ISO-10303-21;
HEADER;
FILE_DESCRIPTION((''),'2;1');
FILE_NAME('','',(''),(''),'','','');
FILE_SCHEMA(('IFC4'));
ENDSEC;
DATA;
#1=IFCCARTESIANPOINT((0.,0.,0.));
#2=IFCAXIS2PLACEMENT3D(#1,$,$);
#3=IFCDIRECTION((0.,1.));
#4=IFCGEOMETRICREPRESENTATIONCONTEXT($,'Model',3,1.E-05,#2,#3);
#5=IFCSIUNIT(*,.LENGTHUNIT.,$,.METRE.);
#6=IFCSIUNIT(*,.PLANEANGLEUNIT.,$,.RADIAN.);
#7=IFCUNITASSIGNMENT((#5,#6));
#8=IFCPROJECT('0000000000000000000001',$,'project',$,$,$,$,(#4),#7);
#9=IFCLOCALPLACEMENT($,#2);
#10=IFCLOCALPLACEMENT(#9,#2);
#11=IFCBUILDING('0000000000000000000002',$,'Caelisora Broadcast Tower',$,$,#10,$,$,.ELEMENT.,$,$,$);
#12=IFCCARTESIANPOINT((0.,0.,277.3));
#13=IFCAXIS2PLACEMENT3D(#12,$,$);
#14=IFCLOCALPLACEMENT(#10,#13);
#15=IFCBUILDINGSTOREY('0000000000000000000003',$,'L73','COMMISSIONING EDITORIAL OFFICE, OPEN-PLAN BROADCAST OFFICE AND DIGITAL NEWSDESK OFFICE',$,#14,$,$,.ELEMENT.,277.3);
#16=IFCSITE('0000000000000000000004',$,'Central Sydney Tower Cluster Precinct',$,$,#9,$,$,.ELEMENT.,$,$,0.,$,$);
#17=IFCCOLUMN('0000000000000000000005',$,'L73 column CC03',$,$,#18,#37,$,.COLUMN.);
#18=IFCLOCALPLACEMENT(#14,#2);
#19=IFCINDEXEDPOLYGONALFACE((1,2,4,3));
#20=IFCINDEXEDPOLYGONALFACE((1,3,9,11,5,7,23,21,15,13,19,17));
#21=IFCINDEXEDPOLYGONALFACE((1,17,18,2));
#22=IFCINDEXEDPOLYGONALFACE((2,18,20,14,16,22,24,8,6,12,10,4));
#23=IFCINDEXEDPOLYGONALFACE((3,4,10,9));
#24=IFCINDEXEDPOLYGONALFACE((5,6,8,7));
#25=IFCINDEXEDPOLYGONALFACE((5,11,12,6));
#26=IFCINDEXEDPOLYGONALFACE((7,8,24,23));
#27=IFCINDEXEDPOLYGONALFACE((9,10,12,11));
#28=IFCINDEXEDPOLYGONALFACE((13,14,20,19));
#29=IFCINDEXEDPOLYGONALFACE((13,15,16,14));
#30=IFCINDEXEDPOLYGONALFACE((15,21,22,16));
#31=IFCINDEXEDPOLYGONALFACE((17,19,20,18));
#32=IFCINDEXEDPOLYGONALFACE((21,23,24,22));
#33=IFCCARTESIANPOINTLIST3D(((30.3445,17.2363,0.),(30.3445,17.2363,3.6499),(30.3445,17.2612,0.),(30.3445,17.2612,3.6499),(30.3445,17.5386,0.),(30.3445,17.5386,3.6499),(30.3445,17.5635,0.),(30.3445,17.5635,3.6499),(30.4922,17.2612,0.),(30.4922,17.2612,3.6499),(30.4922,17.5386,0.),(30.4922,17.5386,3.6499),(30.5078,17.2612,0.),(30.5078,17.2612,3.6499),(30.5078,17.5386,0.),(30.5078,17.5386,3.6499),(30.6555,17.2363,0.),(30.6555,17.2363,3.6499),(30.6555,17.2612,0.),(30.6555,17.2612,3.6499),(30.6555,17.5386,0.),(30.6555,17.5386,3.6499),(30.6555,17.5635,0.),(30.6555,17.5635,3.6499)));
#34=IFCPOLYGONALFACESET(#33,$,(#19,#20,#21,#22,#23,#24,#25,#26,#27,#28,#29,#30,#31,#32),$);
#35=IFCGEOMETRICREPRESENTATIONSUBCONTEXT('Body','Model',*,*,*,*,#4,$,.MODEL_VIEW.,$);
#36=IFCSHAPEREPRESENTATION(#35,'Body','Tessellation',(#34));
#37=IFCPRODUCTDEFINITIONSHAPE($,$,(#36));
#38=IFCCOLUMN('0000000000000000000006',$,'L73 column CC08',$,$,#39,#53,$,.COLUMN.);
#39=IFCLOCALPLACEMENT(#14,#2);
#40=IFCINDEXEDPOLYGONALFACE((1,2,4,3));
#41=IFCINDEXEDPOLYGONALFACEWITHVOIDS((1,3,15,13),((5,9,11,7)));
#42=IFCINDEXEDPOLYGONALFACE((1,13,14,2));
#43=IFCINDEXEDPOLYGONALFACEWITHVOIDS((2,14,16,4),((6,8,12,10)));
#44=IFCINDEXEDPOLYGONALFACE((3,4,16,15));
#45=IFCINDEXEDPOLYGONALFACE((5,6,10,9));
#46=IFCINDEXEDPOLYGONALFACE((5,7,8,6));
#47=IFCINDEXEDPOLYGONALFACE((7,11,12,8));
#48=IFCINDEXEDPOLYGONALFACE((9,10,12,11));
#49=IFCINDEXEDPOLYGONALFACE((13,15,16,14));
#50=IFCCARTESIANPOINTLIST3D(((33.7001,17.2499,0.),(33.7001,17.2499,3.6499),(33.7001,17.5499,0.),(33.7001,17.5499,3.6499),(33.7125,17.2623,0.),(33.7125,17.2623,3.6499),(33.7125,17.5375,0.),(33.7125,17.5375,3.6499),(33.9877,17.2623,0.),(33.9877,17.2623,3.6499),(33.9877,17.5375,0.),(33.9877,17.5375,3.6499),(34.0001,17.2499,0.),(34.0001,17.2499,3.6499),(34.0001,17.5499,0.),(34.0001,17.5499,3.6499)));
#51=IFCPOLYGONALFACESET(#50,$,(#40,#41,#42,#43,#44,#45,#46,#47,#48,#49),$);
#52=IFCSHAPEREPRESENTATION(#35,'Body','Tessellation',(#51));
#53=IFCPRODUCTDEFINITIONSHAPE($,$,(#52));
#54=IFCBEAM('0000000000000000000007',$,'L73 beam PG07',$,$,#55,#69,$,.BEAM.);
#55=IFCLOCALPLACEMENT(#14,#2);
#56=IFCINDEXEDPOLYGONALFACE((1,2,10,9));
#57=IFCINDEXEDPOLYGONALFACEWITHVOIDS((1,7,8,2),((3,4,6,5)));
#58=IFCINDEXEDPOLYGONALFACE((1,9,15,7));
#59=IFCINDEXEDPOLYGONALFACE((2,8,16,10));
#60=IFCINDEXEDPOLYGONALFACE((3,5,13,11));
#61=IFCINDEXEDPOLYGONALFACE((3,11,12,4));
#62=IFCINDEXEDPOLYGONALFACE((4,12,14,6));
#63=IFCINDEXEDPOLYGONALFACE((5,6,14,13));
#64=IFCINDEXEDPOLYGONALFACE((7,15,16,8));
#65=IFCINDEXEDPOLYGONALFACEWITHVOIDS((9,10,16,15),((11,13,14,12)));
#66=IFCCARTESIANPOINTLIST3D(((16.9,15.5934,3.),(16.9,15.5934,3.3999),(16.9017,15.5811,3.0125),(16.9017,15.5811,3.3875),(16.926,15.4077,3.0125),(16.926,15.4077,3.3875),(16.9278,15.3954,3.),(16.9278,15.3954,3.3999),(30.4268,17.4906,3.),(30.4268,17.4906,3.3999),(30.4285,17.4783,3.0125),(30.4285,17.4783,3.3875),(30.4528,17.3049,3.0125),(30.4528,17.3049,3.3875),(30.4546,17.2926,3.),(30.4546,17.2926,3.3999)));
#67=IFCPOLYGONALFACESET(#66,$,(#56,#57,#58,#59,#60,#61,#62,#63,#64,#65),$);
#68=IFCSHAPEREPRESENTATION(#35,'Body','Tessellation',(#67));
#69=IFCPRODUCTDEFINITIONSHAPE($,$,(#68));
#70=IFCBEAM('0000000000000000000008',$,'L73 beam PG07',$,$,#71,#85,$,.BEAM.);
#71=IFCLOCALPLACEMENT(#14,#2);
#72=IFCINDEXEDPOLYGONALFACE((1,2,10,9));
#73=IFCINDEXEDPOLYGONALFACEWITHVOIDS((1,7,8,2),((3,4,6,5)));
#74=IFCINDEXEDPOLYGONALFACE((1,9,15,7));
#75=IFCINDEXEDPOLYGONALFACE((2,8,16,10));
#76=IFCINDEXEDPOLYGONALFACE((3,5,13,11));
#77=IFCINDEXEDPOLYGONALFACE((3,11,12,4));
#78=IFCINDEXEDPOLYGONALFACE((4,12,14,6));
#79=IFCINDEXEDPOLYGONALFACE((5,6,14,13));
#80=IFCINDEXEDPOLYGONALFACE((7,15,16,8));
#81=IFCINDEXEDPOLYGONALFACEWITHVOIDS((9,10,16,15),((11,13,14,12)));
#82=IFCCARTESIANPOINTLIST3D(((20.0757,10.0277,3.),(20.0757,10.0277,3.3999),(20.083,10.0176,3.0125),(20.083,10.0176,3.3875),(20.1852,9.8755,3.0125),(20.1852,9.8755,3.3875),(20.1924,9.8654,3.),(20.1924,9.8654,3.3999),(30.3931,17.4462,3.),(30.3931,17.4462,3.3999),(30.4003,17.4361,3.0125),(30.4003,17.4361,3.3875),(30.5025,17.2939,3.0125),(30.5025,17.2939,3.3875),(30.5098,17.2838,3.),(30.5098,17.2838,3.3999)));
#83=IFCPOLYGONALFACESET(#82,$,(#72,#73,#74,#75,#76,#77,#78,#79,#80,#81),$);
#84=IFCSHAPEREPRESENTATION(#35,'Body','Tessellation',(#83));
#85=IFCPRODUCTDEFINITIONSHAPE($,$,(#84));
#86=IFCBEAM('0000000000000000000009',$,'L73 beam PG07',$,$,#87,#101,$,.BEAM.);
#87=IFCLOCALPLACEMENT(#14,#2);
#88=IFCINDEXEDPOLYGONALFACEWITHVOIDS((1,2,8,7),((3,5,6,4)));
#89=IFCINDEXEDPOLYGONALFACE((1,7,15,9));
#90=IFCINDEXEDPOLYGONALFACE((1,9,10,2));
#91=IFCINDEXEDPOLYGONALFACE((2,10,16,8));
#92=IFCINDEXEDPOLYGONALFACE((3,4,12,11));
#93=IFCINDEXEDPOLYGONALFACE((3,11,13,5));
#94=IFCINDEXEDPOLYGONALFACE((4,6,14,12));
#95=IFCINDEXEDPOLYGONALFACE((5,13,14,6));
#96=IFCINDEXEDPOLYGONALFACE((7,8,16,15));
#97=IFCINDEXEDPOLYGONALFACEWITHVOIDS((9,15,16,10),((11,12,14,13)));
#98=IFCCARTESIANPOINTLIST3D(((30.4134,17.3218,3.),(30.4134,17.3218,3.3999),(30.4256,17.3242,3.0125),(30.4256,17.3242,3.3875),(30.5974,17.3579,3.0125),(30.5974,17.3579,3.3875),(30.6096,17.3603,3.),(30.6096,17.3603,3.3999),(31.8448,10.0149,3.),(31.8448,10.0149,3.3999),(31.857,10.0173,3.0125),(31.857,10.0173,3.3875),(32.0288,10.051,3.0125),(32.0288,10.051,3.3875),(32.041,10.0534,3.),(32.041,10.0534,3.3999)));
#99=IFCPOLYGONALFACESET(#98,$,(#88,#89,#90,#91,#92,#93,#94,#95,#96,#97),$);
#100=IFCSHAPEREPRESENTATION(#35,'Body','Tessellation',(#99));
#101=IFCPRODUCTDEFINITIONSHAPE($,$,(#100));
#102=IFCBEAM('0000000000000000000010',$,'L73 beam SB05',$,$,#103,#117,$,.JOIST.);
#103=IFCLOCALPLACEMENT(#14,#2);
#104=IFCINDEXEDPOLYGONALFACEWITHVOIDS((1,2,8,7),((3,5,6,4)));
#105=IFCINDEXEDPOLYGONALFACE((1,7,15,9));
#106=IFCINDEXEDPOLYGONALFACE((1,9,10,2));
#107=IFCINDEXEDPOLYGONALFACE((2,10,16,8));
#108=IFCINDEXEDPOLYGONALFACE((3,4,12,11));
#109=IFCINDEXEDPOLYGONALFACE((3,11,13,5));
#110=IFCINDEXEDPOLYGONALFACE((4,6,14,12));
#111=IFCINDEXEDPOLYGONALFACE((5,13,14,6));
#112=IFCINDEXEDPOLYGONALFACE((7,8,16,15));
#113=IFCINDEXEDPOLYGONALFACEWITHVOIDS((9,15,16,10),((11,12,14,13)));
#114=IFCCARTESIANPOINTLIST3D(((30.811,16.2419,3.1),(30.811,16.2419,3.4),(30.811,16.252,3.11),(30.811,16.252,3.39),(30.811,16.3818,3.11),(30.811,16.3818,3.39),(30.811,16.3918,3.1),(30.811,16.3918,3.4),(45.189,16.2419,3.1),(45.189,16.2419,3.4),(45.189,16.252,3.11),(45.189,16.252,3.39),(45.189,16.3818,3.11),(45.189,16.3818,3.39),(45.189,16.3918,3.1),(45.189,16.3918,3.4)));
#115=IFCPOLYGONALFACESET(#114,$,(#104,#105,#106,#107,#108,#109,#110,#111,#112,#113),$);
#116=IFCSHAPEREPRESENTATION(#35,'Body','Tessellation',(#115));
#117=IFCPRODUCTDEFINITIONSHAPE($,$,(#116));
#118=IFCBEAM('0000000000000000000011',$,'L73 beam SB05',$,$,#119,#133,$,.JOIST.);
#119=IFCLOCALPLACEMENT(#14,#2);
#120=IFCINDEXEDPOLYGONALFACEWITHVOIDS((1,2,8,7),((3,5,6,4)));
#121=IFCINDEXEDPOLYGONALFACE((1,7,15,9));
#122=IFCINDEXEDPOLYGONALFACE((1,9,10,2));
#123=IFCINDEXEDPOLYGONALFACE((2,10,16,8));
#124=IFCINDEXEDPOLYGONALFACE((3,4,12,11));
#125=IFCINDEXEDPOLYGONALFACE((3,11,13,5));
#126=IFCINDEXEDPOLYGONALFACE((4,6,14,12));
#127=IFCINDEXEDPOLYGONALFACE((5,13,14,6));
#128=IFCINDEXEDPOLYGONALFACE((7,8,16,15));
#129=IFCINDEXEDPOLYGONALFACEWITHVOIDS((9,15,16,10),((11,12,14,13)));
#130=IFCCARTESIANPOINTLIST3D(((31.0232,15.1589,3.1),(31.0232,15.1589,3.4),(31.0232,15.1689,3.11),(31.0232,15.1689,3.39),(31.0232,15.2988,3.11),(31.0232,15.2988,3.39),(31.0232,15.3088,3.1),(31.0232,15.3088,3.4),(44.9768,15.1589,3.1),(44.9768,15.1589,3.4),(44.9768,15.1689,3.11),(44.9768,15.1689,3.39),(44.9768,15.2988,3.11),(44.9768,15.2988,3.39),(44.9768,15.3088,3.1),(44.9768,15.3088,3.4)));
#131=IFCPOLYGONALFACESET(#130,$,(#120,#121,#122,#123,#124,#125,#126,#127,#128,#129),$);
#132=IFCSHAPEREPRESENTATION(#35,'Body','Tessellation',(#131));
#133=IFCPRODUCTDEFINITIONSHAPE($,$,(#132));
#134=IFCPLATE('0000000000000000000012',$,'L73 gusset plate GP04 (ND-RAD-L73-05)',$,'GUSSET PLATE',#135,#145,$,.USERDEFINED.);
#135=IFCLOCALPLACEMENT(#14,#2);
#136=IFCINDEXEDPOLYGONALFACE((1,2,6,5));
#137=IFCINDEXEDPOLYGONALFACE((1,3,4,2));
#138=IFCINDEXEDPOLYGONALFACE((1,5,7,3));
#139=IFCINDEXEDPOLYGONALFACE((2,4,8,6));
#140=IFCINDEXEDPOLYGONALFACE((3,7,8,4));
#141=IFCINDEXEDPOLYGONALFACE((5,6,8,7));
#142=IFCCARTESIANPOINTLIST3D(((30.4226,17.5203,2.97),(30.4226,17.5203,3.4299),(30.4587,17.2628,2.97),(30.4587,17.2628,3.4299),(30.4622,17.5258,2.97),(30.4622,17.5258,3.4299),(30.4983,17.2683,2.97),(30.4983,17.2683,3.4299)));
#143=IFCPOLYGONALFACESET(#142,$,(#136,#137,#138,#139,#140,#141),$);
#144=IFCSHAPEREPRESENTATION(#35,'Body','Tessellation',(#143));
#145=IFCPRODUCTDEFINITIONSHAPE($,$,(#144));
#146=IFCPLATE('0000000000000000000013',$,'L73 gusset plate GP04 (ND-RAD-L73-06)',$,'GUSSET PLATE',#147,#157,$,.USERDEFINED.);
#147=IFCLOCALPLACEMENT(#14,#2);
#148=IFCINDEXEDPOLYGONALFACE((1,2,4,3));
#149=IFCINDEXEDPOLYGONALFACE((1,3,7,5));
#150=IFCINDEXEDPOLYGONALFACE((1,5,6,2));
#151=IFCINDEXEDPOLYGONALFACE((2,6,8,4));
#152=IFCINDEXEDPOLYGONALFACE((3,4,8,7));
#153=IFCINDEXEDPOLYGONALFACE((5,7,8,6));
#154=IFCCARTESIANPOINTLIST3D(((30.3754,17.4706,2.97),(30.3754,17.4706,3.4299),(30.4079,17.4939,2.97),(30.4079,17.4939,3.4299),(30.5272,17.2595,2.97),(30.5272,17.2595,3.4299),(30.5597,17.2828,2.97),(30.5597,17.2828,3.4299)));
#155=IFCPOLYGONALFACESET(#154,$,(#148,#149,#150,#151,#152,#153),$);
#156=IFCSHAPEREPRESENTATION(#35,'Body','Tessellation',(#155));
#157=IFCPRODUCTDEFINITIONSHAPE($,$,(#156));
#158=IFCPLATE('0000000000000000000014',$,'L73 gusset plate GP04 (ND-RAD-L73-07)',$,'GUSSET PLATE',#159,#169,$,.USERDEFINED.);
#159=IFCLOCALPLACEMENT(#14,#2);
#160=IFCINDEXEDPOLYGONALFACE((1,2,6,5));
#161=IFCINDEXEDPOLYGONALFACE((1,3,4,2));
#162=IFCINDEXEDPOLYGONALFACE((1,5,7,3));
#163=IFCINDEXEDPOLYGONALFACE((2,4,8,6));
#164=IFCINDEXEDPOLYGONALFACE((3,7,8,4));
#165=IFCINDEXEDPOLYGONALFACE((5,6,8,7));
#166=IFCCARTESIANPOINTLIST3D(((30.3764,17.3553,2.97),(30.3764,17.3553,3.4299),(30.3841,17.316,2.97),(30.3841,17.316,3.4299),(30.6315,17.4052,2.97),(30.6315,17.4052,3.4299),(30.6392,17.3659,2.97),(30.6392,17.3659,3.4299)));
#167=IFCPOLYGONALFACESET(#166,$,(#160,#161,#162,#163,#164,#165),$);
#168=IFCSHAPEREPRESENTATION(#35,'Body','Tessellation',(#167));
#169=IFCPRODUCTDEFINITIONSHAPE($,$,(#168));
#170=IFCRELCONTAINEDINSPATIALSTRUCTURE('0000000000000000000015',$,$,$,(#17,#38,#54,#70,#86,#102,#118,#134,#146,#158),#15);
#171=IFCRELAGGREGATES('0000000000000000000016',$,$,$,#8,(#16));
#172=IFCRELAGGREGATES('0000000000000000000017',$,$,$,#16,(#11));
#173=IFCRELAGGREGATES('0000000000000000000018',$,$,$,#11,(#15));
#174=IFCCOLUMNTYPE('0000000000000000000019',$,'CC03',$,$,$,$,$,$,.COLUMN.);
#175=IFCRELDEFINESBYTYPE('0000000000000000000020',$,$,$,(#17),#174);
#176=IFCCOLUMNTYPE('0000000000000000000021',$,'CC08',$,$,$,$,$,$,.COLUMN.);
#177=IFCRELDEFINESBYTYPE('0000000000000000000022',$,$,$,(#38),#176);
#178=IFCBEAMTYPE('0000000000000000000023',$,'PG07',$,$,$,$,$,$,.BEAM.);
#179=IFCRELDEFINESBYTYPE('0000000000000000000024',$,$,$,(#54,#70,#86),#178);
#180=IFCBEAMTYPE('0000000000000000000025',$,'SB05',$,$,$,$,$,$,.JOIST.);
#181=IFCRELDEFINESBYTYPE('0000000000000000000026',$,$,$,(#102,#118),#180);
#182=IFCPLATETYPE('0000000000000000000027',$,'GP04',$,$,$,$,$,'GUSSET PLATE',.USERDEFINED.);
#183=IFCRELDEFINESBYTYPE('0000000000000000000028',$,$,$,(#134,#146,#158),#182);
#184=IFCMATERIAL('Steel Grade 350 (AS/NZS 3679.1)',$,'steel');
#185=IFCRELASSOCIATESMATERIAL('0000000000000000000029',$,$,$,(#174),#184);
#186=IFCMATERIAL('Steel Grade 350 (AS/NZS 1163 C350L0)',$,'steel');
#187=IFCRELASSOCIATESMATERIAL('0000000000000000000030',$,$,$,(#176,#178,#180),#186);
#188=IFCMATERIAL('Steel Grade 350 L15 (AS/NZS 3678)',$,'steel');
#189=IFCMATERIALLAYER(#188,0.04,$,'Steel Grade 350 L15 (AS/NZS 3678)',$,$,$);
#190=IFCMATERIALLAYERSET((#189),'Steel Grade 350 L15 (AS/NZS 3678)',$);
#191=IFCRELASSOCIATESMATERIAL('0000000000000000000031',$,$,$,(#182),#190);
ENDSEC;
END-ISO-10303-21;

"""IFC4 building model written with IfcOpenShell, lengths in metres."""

from ifc_helpers import new_model, si_unit, direction, frame, origin, origin_2d, place, context, subcontext, project, spatial, rectangle, hollow_rectangle, i_section, extrude, source, transform, mapped, material, layer, layer_set, material_profile, profile_set, type_object, type_shapes, element, save


model = new_model("IFC4")

# Units and contexts
model_context = context("Model", 3, precision=1e-05, world=origin(), true_north=direction((0.0, 1.0)))
body_context = subcontext(model_context, "Body", "Model", "MODEL_VIEW")
ifc_project = project(units=[si_unit("LENGTHUNIT", "METRE"), si_unit("PLANEANGLEUNIT", "RADIAN")], contexts=[model_context])

# Site, building, storey
site_placement = place(None, origin())
site = spatial("IfcSite", under=ifc_project, at=site_placement, Name="Central Sydney Tower Cluster Precinct", CompositionType="ELEMENT", RefElevation=0.0)
building_placement = place(site_placement, origin())
building = spatial("IfcBuilding", under=site, at=building_placement, Name="Caelisora Broadcast Tower", CompositionType="ELEMENT")
storey_placement = place(building_placement, frame((0.0, 0.0, 277.3)))
storey = spatial("IfcBuildingStorey", under=building, at=storey_placement, Name="L73", Description="COMMISSIONING EDITORIAL OFFICE, OPEN-PLAN BROADCAST OFFICE AND DIGITAL NEWSDESK OFFICE", CompositionType="ELEMENT", Elevation=277.3)

# Columns
ifc_material_1 = material(Name="Steel Grade 350 (AS/NZS 3679.1)", Category="steel")
ifc_material_profile_1 = material_profile(ifc_material_1, i_section(OverallWidth=0.311, OverallDepth=0.3271, WebThickness=0.0156, FlangeThickness=0.0249, at=origin_2d()), Name="Steel Grade 350 (AS/NZS 3679.1)")
ifc_profile_set_1 = profile_set([ifc_material_profile_1], Name="Steel Grade 350 (AS/NZS 3679.1)")
column_type_1 = type_object("IfcColumnType", Name="CC03", PredefinedType="COLUMN", material=ifc_profile_set_1)
shared_shape_1 = source(origin(), body_context, "Body", "SweptSolid", [
    extrude(i_section(OverallWidth=0.311, OverallDepth=0.3271, WebThickness=0.0156, FlangeThickness=0.0249, at=origin_2d()), origin(), (0.0, 0.0, 1.0), 3.6499),
])
type_shapes(column_type_1, [shared_shape_1])
column_1_placement = place(storey_placement, frame((30.5, 17.3999, 0.0), z_axis=(0.0, 0.0, 1.0), x_axis=(1.0, 0.0, 0.0)))
element("IfcColumn", 1, at=column_1_placement, inside=storey, type_object=column_type_1, Name="L73 column CC03", PredefinedType="COLUMN", context=body_context, shape_type="MappedRepresentation", body=[
    mapped(shared_shape_1, transform((0.0, 0.0, 0.0), scale=1.0)),
])
ifc_material_2 = material(Name="Steel Grade 350 (AS/NZS 1163 C350L0)", Category="steel")
ifc_material_profile_2 = material_profile(ifc_material_2, hollow_rectangle(XDim=0.3, YDim=0.3, WallThickness=0.0125, at=origin_2d()), Name="Steel Grade 350 (AS/NZS 1163 C350L0)")
ifc_profile_set_2 = profile_set([ifc_material_profile_2], Name="Steel Grade 350 (AS/NZS 1163 C350L0)")
column_type_2 = type_object("IfcColumnType", Name="CC08", PredefinedType="COLUMN", material=ifc_profile_set_2)
shared_shape_2 = source(origin(), body_context, "Body", "SweptSolid", [
    extrude(hollow_rectangle(XDim=0.3, YDim=0.3, WallThickness=0.0125, at=origin_2d()), origin(), (0.0, 0.0, 1.0), 3.6499),
])
type_shapes(column_type_2, [shared_shape_2])
column_2_placement = place(storey_placement, frame((33.8501, 17.3999, 0.0), z_axis=(0.0, 0.0, 1.0), x_axis=(1.0, 0.0, 0.0)))
element("IfcColumn", 2, at=column_2_placement, inside=storey, type_object=column_type_2, Name="L73 column CC08", PredefinedType="COLUMN", context=body_context, shape_type="MappedRepresentation", body=[
    mapped(shared_shape_2, transform((0.0, 0.0, 0.0), scale=1.0)),
])

# Beams
ifc_material_profile_3 = material_profile(ifc_material_2, hollow_rectangle(XDim=0.2, YDim=0.3999, WallThickness=0.0125, at=origin_2d()), Name="Steel Grade 350 (AS/NZS 1163 C350L0)")
ifc_profile_set_3 = profile_set([ifc_material_profile_3], Name="Steel Grade 350 (AS/NZS 1163 C350L0)")
beam_type_1 = type_object("IfcBeamType", Name="PG07", PredefinedType="BEAM", material=ifc_profile_set_3)
shared_shape_3 = source(origin(), body_context, "Body", "SweptSolid", [
    extrude(hollow_rectangle(XDim=0.2, YDim=0.3999, WallThickness=0.0125, at=origin_2d()), origin(), (0.0, 0.0, 1.0), 13.6592),
])
beam_1_placement = place(storey_placement, frame((30.4407, 17.3916, 3.2), z_axis=(-0.990307, -0.138896, 0.0), x_axis=(0.138896, -0.990307, 0.0)))
element("IfcBeam", 3, at=beam_1_placement, inside=storey, type_object=beam_type_1, Name="L73 beam PG07", PredefinedType="BEAM", context=body_context, shape_type="MappedRepresentation", body=[
    mapped(shared_shape_3, transform((0.0, 0.0, 0.0), scale=1.0)),
])
shared_shape_4 = source(origin(), body_context, "Body", "SweptSolid", [
    extrude(hollow_rectangle(XDim=0.2, YDim=0.3999, WallThickness=0.0125, at=origin_2d()), origin(), (0.0, 0.0, 1.0), 12.7075),
])
beam_2_placement = place(storey_placement, frame((30.4514, 17.365, 3.2), z_axis=(-0.81191, -0.583783, 0.0), x_axis=(0.583783, -0.81191, 0.0)))
element("IfcBeam", 4, at=beam_2_placement, inside=storey, type_object=beam_type_1, Name="L73 beam PG07", PredefinedType="BEAM", context=body_context, shape_type="MappedRepresentation", body=[
    mapped(shared_shape_4, transform((0.0, 0.0, 0.0), scale=1.0)),
])
shared_shape_5 = source(origin(), body_context, "Body", "SweptSolid", [
    extrude(hollow_rectangle(XDim=0.2, YDim=0.3999, WallThickness=0.0125, at=origin_2d()), origin(), (0.0, 0.0, 1.0), 7.4458),
])
type_shapes(beam_type_1, [shared_shape_3, shared_shape_4, shared_shape_5])
beam_3_placement = place(storey_placement, frame((30.5115, 17.3411, 3.2), z_axis=(0.192243, -0.981347, 0.0), x_axis=(0.981347, 0.192243, 0.0)))
element("IfcBeam", 5, at=beam_3_placement, inside=storey, type_object=beam_type_1, Name="L73 beam PG07", PredefinedType="BEAM", context=body_context, shape_type="MappedRepresentation", body=[
    mapped(shared_shape_5, transform((0.0, 0.0, 0.0), scale=1.0)),
])
ifc_material_profile_4 = material_profile(ifc_material_2, hollow_rectangle(XDim=0.1499, YDim=0.3, WallThickness=0.01, at=origin_2d()), Name="Steel Grade 350 (AS/NZS 1163 C350L0)")
ifc_profile_set_4 = profile_set([ifc_material_profile_4], Name="Steel Grade 350 (AS/NZS 1163 C350L0)")
beam_type_2 = type_object("IfcBeamType", Name="SB05", PredefinedType="JOIST", material=ifc_profile_set_4)
shared_shape_6 = source(origin(), body_context, "Body", "SweptSolid", [
    extrude(hollow_rectangle(XDim=0.1499, YDim=0.3, WallThickness=0.01, at=origin_2d()), origin(), (0.0, 0.0, 1.0), 14.3779),
])
beam_4_placement = place(storey_placement, frame((30.811, 16.3169, 3.25), z_axis=(1.0, 0.0, 0.0), x_axis=(0.0, 1.0, 0.0)))
element("IfcBeam", 6, at=beam_4_placement, inside=storey, type_object=beam_type_2, Name="L73 beam SB05", PredefinedType="JOIST", context=body_context, shape_type="MappedRepresentation", body=[
    mapped(shared_shape_6, transform((0.0, 0.0, 0.0), scale=1.0)),
])
shared_shape_7 = source(origin(), body_context, "Body", "SweptSolid", [
    extrude(hollow_rectangle(XDim=0.1499, YDim=0.3, WallThickness=0.01, at=origin_2d()), origin(), (0.0, 0.0, 1.0), 13.9536),
])
type_shapes(beam_type_2, [shared_shape_6, shared_shape_7])
beam_5_placement = place(storey_placement, frame((31.0232, 15.2339, 3.25), z_axis=(1.0, 0.0, 0.0), x_axis=(0.0, 1.0, 0.0)))
element("IfcBeam", 7, at=beam_5_placement, inside=storey, type_object=beam_type_2, Name="L73 beam SB05", PredefinedType="JOIST", context=body_context, shape_type="MappedRepresentation", body=[
    mapped(shared_shape_7, transform((0.0, 0.0, 0.0), scale=1.0)),
])

# Plates
ifc_material_3 = material(Name="Steel Grade 350 L15 (AS/NZS 3678)", Category="steel")
ifc_layer_1 = layer(ifc_material_3, 0.04, Name="Steel Grade 350 L15 (AS/NZS 3678)")
ifc_layer_set_1 = layer_set([ifc_layer_1], Name="Steel Grade 350 L15 (AS/NZS 3678)")
plate_type = type_object("IfcPlateType", Name="GP04", ElementType="GUSSET PLATE", PredefinedType="USERDEFINED", material=ifc_layer_set_1)
shared_shape_8 = source(origin(), body_context, "Body", "SweptSolid", [
    extrude(rectangle(XDim=0.26, YDim=0.04, at=origin_2d()), origin(), (0.0, 0.0, 1.0), 0.46),
])
for number, where, z_axis, x_axis, name in (
    (8, (30.4604, 17.3943, 2.97), (0.0, 0.0, 1.0), (0.138827, -0.990317, 0.0), "L73 gusset plate GP04 (ND-RAD-L73-05)"),
    (9, (30.4675, 17.3767, 2.97), (0.0, 0.0, 1.0), (0.583825, -0.81188, 0.0), "L73 gusset plate GP04 (ND-RAD-L73-06)"),
    (10, (30.5078, 17.3606, 2.97), (0.0, 0.0, 1.0), (0.98136, 0.192179, 0.0), "L73 gusset plate GP04 (ND-RAD-L73-07)"),
):
    element("IfcPlate", number, at=place(storey_placement, frame(where, z_axis=z_axis, x_axis=x_axis)), inside=storey, type_object=plate_type, Name=name, ObjectType="GUSSET PLATE", PredefinedType="USERDEFINED", context=body_context, shape_type="MappedRepresentation", body=[
        mapped(shared_shape_8, transform((0.0, 0.0, 0.0), scale=1.0)),
    ])

save(model, "model.ifc")
